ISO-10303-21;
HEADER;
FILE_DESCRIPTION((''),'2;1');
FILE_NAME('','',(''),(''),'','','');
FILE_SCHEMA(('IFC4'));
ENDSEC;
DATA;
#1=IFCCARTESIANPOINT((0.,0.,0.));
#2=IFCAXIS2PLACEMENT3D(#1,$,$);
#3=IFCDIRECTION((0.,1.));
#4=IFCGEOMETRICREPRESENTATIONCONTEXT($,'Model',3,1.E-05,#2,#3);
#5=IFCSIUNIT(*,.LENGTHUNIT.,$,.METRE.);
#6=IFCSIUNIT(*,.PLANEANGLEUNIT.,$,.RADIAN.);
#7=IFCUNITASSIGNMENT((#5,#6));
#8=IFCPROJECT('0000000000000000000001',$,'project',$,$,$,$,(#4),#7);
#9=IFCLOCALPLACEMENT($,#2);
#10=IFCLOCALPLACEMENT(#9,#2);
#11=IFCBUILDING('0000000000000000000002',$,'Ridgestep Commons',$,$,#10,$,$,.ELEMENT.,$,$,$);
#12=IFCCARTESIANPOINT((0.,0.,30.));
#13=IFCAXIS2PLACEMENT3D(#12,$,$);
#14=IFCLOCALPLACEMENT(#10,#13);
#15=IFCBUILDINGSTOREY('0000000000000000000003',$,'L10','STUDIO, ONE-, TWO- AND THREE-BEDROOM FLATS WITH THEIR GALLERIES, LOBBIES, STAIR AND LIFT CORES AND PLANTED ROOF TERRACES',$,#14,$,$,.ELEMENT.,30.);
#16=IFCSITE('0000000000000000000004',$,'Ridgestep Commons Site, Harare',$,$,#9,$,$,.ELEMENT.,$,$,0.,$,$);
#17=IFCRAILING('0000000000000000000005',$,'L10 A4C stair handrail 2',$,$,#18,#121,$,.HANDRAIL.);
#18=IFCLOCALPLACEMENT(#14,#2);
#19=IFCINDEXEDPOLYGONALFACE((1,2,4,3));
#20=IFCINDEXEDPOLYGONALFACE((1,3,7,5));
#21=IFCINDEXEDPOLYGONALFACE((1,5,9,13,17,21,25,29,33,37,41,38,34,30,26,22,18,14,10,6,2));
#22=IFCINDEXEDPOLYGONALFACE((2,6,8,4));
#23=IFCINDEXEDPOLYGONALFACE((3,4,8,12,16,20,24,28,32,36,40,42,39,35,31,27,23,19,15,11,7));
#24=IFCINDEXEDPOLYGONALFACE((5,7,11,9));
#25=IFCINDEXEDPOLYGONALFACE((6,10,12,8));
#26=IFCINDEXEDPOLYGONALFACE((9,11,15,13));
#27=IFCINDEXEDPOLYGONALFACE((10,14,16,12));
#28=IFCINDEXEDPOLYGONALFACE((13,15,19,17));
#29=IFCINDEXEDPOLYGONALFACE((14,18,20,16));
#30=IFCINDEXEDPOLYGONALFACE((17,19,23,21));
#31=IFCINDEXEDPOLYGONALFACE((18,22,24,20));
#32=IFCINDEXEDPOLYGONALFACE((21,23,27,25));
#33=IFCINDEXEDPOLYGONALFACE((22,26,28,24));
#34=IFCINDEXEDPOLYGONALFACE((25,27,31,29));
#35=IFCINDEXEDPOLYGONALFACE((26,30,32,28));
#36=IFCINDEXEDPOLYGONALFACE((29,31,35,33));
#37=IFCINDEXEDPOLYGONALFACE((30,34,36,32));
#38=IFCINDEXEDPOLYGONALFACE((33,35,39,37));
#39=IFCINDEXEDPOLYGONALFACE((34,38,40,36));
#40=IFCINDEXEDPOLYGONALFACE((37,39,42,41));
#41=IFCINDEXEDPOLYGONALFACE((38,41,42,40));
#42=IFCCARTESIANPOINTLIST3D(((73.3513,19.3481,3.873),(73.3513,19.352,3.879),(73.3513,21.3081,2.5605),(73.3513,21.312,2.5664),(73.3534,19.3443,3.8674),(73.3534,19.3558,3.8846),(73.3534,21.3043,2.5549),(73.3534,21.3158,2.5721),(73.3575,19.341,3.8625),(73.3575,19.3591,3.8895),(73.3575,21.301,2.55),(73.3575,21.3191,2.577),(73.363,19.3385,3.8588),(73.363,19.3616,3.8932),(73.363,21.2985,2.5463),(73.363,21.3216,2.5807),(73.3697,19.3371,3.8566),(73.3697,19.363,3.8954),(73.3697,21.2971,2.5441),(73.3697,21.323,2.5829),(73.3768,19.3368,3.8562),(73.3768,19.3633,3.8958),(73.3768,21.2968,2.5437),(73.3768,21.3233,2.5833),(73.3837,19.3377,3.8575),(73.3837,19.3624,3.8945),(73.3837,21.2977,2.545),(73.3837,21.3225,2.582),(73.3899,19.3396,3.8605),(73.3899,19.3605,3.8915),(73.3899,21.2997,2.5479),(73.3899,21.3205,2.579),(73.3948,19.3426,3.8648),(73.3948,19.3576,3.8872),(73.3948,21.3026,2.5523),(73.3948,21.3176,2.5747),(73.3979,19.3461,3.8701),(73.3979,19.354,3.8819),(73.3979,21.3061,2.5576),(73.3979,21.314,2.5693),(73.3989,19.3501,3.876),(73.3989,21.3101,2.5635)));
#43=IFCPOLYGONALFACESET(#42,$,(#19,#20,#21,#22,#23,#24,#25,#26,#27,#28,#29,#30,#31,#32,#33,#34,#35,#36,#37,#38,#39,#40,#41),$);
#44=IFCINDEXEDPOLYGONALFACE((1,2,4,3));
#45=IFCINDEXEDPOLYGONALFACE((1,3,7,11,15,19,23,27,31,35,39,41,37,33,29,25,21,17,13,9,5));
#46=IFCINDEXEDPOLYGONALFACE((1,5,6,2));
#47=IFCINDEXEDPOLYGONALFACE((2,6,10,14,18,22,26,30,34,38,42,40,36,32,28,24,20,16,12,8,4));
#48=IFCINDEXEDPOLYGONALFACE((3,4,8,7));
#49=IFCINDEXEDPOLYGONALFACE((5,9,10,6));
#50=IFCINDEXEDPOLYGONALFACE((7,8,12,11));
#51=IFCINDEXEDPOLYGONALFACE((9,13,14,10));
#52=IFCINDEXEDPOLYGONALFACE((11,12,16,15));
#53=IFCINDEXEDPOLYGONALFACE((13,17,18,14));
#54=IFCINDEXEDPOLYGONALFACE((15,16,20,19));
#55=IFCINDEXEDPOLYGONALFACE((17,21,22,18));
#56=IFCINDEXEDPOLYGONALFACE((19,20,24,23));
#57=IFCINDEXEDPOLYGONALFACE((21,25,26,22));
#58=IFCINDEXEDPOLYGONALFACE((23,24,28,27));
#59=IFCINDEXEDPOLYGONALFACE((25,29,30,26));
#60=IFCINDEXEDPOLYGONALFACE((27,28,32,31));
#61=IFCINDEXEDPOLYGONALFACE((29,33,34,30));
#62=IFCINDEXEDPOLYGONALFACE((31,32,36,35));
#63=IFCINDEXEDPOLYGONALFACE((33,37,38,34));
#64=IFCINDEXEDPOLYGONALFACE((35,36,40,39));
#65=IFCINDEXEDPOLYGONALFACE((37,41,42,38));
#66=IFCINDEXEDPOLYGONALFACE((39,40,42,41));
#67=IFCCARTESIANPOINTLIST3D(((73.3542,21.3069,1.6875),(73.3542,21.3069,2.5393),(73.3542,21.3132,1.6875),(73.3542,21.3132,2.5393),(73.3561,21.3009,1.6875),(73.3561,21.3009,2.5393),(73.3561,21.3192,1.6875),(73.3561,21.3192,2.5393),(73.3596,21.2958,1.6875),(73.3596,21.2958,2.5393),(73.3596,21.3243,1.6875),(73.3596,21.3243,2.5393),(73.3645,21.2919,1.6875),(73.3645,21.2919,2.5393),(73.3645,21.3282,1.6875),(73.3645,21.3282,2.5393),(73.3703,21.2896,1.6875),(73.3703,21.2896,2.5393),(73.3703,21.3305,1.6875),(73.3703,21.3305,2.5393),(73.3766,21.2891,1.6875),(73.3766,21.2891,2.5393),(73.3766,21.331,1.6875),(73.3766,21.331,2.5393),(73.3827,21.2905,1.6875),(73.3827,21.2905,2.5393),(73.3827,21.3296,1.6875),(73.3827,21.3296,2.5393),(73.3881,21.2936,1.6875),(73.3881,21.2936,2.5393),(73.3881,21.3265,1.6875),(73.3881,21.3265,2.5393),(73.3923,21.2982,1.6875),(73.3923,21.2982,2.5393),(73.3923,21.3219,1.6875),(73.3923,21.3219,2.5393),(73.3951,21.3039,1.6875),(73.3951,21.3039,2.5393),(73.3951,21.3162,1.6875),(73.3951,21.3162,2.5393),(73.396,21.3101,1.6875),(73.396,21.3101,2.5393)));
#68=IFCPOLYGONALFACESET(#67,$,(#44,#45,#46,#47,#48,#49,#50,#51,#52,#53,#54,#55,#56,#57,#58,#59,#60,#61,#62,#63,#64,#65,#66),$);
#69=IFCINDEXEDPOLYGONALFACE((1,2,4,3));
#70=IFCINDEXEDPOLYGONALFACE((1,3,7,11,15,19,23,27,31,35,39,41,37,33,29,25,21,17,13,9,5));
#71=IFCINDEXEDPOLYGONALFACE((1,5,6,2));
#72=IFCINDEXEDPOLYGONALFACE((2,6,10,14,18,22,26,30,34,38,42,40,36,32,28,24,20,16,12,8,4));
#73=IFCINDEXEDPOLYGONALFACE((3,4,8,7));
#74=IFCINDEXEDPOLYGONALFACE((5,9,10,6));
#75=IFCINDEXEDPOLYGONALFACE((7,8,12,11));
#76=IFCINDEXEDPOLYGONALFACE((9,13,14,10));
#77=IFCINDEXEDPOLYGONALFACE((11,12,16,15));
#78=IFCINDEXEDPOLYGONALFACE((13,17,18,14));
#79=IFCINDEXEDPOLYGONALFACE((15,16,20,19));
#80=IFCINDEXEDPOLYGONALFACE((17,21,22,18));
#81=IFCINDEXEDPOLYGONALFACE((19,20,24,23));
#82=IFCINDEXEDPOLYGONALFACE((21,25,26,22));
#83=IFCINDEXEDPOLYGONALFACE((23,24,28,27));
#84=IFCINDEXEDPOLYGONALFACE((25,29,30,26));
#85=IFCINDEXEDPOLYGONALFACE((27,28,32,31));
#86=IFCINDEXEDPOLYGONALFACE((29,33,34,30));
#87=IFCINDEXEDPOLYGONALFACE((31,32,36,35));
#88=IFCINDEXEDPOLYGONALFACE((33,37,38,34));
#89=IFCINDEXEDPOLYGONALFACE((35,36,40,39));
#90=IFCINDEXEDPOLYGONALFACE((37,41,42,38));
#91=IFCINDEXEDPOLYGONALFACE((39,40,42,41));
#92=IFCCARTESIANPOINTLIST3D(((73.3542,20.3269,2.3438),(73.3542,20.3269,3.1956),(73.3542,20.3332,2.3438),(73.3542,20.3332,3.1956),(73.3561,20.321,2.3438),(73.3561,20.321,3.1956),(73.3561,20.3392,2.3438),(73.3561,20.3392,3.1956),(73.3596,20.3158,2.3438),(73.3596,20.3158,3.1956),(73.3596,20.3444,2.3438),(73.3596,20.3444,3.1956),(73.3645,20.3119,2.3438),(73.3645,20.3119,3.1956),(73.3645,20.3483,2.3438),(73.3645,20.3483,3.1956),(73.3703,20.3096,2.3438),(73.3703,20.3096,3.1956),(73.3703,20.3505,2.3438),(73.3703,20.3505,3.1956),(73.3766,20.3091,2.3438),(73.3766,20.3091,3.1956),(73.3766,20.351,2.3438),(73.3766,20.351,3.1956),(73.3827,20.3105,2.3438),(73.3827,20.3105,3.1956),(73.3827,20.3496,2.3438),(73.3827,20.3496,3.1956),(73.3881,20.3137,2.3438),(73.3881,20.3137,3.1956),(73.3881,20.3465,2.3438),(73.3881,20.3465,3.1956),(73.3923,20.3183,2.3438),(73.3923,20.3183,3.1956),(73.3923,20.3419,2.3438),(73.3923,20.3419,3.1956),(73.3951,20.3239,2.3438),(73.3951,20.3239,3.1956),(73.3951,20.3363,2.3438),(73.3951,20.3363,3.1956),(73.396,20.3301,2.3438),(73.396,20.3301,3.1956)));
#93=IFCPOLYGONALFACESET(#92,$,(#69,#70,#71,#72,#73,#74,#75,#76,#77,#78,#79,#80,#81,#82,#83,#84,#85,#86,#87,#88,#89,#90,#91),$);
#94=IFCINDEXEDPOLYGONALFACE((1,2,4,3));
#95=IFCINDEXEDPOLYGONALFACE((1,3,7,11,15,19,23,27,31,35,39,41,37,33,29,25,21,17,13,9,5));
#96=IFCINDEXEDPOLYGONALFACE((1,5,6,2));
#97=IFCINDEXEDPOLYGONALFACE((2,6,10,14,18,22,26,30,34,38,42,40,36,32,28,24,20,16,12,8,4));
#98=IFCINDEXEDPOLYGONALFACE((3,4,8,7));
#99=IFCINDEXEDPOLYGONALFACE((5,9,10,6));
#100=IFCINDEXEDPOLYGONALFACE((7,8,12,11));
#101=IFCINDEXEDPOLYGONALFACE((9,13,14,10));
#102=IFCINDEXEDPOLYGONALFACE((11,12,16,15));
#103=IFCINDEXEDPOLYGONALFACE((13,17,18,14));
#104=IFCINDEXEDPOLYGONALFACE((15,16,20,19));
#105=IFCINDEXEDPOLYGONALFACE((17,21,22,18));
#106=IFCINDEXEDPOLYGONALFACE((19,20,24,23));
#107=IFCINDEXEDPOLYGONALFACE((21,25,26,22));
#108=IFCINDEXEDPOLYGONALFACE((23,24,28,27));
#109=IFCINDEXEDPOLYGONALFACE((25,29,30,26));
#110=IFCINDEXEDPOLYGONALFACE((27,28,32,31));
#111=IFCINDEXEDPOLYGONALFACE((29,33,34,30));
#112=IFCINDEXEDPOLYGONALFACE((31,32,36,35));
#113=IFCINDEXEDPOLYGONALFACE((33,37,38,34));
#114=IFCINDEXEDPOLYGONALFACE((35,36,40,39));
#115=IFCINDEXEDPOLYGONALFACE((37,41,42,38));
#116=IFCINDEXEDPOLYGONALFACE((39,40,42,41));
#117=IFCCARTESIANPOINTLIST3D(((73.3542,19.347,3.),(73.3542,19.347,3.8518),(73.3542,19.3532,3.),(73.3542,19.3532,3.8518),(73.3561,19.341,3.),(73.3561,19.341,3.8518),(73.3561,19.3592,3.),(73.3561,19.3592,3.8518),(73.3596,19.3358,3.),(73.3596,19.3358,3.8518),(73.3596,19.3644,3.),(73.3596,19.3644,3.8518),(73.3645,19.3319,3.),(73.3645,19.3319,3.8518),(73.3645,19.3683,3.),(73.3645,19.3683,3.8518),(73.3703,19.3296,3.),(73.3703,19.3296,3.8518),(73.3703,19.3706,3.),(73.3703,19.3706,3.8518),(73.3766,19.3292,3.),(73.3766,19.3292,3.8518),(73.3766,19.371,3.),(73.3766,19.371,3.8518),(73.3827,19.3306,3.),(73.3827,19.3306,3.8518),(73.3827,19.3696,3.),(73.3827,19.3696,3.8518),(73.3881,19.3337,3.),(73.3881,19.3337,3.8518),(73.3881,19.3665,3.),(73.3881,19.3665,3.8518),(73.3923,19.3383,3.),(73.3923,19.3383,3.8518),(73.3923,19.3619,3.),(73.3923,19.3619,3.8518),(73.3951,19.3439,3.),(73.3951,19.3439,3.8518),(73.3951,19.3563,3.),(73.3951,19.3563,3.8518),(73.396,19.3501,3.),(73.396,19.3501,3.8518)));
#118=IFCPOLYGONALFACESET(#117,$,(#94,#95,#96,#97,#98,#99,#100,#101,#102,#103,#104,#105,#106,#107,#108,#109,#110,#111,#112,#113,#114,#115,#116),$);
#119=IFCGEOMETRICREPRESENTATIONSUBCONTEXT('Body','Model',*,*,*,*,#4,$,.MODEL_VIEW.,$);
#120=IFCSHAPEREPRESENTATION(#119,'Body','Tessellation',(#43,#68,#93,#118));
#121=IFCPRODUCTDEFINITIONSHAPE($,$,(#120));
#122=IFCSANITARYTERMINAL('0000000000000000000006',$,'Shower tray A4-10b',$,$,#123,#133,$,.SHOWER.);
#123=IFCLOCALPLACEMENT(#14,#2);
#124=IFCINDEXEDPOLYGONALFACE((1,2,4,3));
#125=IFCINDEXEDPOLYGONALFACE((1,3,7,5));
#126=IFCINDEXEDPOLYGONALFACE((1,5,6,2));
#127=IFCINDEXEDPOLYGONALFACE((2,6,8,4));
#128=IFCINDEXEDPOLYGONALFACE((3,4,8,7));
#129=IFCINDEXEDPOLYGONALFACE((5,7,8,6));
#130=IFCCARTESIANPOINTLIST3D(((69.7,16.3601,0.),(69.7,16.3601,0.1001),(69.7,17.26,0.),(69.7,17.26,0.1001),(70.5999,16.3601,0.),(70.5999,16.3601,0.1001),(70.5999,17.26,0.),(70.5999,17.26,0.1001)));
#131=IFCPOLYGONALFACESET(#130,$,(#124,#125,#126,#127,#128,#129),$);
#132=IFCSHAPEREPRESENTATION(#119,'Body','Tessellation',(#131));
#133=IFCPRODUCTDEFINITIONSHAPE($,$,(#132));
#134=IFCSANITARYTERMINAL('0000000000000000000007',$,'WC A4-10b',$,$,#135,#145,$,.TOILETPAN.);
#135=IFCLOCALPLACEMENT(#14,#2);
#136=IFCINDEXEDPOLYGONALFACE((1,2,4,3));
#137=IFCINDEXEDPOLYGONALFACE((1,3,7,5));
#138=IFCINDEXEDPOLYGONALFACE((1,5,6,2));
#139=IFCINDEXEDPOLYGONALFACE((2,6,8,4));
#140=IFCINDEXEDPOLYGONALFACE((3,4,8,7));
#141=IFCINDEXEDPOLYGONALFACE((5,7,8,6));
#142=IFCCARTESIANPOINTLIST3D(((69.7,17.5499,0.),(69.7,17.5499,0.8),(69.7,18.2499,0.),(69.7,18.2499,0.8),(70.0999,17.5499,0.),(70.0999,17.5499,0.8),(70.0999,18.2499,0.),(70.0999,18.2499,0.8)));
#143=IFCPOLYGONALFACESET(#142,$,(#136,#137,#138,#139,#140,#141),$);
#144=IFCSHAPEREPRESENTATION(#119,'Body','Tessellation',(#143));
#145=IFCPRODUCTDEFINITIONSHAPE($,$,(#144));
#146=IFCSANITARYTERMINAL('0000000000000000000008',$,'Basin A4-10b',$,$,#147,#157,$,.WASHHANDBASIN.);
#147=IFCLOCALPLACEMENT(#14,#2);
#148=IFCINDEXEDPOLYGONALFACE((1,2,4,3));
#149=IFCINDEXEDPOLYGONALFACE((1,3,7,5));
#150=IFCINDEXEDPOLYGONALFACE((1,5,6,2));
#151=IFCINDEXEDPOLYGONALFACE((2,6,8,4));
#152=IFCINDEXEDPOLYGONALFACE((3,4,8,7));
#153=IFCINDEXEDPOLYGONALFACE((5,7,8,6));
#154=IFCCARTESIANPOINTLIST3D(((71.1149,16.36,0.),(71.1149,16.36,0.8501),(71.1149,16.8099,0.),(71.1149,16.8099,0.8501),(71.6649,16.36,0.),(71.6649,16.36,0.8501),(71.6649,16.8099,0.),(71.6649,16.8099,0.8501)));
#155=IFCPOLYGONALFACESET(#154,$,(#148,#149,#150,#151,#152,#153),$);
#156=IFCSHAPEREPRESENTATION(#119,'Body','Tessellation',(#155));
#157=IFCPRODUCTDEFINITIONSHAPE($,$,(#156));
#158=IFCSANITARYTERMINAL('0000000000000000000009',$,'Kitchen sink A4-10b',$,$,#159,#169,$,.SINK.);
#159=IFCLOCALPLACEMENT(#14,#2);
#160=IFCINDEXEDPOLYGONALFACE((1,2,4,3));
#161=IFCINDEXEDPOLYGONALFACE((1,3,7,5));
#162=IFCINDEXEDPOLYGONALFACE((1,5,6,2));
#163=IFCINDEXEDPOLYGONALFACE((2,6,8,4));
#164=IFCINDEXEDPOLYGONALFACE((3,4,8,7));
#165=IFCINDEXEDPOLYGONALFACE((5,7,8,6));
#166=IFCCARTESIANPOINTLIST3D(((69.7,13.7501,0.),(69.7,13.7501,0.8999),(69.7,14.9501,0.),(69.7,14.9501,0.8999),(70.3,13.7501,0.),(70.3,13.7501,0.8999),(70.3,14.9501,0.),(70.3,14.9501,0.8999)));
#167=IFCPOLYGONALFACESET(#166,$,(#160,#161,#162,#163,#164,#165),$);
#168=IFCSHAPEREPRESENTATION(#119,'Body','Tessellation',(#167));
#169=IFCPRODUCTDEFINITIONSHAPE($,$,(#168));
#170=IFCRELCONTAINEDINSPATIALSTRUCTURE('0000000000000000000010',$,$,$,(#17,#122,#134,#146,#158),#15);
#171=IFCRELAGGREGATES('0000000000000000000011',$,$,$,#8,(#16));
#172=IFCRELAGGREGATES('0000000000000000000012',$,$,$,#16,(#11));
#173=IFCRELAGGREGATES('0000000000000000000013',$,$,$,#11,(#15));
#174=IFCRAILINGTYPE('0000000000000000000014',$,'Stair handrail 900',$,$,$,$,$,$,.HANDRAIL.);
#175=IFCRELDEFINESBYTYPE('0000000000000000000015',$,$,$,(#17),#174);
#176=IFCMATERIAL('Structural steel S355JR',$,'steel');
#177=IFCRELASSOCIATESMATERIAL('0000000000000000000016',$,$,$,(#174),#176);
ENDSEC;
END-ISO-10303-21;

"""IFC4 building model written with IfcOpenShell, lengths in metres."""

from ifc_helpers import new_model, si_unit, direction, frame, origin, origin_2d, place, context, subcontext, project, spatial, rectangle, circle, extrude, material, type_object, element, save


model = new_model("IFC4")

# Units and contexts
model_context = context("Model", 3, precision=1e-05, world=origin(), true_north=direction((0.0, 1.0)))
body_context = subcontext(model_context, "Body", "Model", "MODEL_VIEW")
ifc_project = project(units=[si_unit("LENGTHUNIT", "METRE"), si_unit("PLANEANGLEUNIT", "RADIAN")], contexts=[model_context])

# Site, building, storey
site_placement = place(None, origin())
site = spatial("IfcSite", under=ifc_project, at=site_placement, Name="Ridgestep Commons Site, Harare", CompositionType="ELEMENT", RefElevation=0.0)
building_placement = place(site_placement, origin())
building = spatial("IfcBuilding", under=site, at=building_placement, Name="Ridgestep Commons", CompositionType="ELEMENT")
storey_placement = place(building_placement, frame((0.0, 0.0, 30.0)))
storey = spatial("IfcBuildingStorey", under=building, at=storey_placement, Name="L10", Description="STUDIO, ONE-, TWO- AND THREE-BEDROOM FLATS WITH THEIR GALLERIES, LOBBIES, STAIR AND LIFT CORES AND PLANTED ROOF TERRACES", CompositionType="ELEMENT", Elevation=30.0)

# Railing
ifc_material_1 = material(Name="Structural steel S355JR", Category="steel")
railing_type_1 = type_object("IfcRailingType", Name="Stair handrail 900", PredefinedType="HANDRAIL", material=ifc_material_1)
railing_1_placement = place(storey_placement, frame((73.375, 21.3101, 1.6875)))
element("IfcRailing", 1, at=railing_1_placement, inside=storey, type_object=railing_type_1, Name="L10 A4C stair handrail 2", PredefinedType="HANDRAIL", context=body_context, shape_type="SweptSolid", body=[
    extrude(circle(Radius=0.0239, at=origin_2d()), frame((0.0, 0.0, 0.876), z_axis=(0.0, -0.830902, 0.556419), x_axis=(1.0, 0.0, 0.0)), (0.0, 0.0, 1.0), 2.3589),
    extrude(circle(Radius=0.021, at=origin_2d()), origin(), (0.0, 0.0, 1.0), 0.8518),
    extrude(circle(Radius=0.021, at=origin_2d()), frame((0.0, -0.98, 0.6562)), (0.0, 0.0, 1.0), 0.8518),
    extrude(circle(Radius=0.021, at=origin_2d()), frame((0.0, -1.96, 1.3125)), (0.0, 0.0, 1.0), 0.8518),
])

# Sanitary terminals
sanitary_terminal_1_placement = place(storey_placement, frame((70.1499, 16.8101, 0.0), z_axis=(0.0, 0.0, 1.0), x_axis=(1.0, 0.0, 0.0)))
element("IfcSanitaryTerminal", 2, at=sanitary_terminal_1_placement, inside=storey, Name="Shower tray A4-10b", PredefinedType="SHOWER", context=body_context, shape_type="SweptSolid", body=[
    extrude(rectangle(XDim=0.8999, YDim=0.8999, at=origin_2d()), origin(), (0.0, 0.0, 1.0), 0.1001),
])
sanitary_terminal_2_placement = place(storey_placement, frame((69.8999, 17.8999, 0.0), z_axis=(0.0, 0.0, 1.0), x_axis=(1.0, 0.0, 0.0)))
element("IfcSanitaryTerminal", 3, at=sanitary_terminal_2_placement, inside=storey, Name="WC A4-10b", PredefinedType="TOILETPAN", context=body_context, shape_type="SweptSolid", body=[
    extrude(rectangle(XDim=0.3999, YDim=0.7, at=origin_2d()), origin(), (0.0, 0.0, 1.0), 0.8),
])
sanitary_terminal_3_placement = place(storey_placement, frame((71.3899, 16.585, 0.0), z_axis=(0.0, 0.0, 1.0), x_axis=(1.0, 0.0, 0.0)))
element("IfcSanitaryTerminal", 4, at=sanitary_terminal_3_placement, inside=storey, Name="Basin A4-10b", PredefinedType="WASHHANDBASIN", context=body_context, shape_type="SweptSolid", body=[
    extrude(rectangle(XDim=0.55, YDim=0.45, at=origin_2d()), origin(), (0.0, 0.0, 1.0), 0.8501),
])
sanitary_terminal_4_placement = place(storey_placement, frame((70.0, 14.3501, 0.0), z_axis=(0.0, 0.0, 1.0), x_axis=(1.0, 0.0, 0.0)))
element("IfcSanitaryTerminal", 5, at=sanitary_terminal_4_placement, inside=storey, Name="Kitchen sink A4-10b", PredefinedType="SINK", context=body_context, shape_type="SweptSolid", body=[
    extrude(rectangle(XDim=0.6001, YDim=1.2, at=origin_2d()), origin(), (0.0, 0.0, 1.0), 0.8999),
])

save(model, "model.ifc")
